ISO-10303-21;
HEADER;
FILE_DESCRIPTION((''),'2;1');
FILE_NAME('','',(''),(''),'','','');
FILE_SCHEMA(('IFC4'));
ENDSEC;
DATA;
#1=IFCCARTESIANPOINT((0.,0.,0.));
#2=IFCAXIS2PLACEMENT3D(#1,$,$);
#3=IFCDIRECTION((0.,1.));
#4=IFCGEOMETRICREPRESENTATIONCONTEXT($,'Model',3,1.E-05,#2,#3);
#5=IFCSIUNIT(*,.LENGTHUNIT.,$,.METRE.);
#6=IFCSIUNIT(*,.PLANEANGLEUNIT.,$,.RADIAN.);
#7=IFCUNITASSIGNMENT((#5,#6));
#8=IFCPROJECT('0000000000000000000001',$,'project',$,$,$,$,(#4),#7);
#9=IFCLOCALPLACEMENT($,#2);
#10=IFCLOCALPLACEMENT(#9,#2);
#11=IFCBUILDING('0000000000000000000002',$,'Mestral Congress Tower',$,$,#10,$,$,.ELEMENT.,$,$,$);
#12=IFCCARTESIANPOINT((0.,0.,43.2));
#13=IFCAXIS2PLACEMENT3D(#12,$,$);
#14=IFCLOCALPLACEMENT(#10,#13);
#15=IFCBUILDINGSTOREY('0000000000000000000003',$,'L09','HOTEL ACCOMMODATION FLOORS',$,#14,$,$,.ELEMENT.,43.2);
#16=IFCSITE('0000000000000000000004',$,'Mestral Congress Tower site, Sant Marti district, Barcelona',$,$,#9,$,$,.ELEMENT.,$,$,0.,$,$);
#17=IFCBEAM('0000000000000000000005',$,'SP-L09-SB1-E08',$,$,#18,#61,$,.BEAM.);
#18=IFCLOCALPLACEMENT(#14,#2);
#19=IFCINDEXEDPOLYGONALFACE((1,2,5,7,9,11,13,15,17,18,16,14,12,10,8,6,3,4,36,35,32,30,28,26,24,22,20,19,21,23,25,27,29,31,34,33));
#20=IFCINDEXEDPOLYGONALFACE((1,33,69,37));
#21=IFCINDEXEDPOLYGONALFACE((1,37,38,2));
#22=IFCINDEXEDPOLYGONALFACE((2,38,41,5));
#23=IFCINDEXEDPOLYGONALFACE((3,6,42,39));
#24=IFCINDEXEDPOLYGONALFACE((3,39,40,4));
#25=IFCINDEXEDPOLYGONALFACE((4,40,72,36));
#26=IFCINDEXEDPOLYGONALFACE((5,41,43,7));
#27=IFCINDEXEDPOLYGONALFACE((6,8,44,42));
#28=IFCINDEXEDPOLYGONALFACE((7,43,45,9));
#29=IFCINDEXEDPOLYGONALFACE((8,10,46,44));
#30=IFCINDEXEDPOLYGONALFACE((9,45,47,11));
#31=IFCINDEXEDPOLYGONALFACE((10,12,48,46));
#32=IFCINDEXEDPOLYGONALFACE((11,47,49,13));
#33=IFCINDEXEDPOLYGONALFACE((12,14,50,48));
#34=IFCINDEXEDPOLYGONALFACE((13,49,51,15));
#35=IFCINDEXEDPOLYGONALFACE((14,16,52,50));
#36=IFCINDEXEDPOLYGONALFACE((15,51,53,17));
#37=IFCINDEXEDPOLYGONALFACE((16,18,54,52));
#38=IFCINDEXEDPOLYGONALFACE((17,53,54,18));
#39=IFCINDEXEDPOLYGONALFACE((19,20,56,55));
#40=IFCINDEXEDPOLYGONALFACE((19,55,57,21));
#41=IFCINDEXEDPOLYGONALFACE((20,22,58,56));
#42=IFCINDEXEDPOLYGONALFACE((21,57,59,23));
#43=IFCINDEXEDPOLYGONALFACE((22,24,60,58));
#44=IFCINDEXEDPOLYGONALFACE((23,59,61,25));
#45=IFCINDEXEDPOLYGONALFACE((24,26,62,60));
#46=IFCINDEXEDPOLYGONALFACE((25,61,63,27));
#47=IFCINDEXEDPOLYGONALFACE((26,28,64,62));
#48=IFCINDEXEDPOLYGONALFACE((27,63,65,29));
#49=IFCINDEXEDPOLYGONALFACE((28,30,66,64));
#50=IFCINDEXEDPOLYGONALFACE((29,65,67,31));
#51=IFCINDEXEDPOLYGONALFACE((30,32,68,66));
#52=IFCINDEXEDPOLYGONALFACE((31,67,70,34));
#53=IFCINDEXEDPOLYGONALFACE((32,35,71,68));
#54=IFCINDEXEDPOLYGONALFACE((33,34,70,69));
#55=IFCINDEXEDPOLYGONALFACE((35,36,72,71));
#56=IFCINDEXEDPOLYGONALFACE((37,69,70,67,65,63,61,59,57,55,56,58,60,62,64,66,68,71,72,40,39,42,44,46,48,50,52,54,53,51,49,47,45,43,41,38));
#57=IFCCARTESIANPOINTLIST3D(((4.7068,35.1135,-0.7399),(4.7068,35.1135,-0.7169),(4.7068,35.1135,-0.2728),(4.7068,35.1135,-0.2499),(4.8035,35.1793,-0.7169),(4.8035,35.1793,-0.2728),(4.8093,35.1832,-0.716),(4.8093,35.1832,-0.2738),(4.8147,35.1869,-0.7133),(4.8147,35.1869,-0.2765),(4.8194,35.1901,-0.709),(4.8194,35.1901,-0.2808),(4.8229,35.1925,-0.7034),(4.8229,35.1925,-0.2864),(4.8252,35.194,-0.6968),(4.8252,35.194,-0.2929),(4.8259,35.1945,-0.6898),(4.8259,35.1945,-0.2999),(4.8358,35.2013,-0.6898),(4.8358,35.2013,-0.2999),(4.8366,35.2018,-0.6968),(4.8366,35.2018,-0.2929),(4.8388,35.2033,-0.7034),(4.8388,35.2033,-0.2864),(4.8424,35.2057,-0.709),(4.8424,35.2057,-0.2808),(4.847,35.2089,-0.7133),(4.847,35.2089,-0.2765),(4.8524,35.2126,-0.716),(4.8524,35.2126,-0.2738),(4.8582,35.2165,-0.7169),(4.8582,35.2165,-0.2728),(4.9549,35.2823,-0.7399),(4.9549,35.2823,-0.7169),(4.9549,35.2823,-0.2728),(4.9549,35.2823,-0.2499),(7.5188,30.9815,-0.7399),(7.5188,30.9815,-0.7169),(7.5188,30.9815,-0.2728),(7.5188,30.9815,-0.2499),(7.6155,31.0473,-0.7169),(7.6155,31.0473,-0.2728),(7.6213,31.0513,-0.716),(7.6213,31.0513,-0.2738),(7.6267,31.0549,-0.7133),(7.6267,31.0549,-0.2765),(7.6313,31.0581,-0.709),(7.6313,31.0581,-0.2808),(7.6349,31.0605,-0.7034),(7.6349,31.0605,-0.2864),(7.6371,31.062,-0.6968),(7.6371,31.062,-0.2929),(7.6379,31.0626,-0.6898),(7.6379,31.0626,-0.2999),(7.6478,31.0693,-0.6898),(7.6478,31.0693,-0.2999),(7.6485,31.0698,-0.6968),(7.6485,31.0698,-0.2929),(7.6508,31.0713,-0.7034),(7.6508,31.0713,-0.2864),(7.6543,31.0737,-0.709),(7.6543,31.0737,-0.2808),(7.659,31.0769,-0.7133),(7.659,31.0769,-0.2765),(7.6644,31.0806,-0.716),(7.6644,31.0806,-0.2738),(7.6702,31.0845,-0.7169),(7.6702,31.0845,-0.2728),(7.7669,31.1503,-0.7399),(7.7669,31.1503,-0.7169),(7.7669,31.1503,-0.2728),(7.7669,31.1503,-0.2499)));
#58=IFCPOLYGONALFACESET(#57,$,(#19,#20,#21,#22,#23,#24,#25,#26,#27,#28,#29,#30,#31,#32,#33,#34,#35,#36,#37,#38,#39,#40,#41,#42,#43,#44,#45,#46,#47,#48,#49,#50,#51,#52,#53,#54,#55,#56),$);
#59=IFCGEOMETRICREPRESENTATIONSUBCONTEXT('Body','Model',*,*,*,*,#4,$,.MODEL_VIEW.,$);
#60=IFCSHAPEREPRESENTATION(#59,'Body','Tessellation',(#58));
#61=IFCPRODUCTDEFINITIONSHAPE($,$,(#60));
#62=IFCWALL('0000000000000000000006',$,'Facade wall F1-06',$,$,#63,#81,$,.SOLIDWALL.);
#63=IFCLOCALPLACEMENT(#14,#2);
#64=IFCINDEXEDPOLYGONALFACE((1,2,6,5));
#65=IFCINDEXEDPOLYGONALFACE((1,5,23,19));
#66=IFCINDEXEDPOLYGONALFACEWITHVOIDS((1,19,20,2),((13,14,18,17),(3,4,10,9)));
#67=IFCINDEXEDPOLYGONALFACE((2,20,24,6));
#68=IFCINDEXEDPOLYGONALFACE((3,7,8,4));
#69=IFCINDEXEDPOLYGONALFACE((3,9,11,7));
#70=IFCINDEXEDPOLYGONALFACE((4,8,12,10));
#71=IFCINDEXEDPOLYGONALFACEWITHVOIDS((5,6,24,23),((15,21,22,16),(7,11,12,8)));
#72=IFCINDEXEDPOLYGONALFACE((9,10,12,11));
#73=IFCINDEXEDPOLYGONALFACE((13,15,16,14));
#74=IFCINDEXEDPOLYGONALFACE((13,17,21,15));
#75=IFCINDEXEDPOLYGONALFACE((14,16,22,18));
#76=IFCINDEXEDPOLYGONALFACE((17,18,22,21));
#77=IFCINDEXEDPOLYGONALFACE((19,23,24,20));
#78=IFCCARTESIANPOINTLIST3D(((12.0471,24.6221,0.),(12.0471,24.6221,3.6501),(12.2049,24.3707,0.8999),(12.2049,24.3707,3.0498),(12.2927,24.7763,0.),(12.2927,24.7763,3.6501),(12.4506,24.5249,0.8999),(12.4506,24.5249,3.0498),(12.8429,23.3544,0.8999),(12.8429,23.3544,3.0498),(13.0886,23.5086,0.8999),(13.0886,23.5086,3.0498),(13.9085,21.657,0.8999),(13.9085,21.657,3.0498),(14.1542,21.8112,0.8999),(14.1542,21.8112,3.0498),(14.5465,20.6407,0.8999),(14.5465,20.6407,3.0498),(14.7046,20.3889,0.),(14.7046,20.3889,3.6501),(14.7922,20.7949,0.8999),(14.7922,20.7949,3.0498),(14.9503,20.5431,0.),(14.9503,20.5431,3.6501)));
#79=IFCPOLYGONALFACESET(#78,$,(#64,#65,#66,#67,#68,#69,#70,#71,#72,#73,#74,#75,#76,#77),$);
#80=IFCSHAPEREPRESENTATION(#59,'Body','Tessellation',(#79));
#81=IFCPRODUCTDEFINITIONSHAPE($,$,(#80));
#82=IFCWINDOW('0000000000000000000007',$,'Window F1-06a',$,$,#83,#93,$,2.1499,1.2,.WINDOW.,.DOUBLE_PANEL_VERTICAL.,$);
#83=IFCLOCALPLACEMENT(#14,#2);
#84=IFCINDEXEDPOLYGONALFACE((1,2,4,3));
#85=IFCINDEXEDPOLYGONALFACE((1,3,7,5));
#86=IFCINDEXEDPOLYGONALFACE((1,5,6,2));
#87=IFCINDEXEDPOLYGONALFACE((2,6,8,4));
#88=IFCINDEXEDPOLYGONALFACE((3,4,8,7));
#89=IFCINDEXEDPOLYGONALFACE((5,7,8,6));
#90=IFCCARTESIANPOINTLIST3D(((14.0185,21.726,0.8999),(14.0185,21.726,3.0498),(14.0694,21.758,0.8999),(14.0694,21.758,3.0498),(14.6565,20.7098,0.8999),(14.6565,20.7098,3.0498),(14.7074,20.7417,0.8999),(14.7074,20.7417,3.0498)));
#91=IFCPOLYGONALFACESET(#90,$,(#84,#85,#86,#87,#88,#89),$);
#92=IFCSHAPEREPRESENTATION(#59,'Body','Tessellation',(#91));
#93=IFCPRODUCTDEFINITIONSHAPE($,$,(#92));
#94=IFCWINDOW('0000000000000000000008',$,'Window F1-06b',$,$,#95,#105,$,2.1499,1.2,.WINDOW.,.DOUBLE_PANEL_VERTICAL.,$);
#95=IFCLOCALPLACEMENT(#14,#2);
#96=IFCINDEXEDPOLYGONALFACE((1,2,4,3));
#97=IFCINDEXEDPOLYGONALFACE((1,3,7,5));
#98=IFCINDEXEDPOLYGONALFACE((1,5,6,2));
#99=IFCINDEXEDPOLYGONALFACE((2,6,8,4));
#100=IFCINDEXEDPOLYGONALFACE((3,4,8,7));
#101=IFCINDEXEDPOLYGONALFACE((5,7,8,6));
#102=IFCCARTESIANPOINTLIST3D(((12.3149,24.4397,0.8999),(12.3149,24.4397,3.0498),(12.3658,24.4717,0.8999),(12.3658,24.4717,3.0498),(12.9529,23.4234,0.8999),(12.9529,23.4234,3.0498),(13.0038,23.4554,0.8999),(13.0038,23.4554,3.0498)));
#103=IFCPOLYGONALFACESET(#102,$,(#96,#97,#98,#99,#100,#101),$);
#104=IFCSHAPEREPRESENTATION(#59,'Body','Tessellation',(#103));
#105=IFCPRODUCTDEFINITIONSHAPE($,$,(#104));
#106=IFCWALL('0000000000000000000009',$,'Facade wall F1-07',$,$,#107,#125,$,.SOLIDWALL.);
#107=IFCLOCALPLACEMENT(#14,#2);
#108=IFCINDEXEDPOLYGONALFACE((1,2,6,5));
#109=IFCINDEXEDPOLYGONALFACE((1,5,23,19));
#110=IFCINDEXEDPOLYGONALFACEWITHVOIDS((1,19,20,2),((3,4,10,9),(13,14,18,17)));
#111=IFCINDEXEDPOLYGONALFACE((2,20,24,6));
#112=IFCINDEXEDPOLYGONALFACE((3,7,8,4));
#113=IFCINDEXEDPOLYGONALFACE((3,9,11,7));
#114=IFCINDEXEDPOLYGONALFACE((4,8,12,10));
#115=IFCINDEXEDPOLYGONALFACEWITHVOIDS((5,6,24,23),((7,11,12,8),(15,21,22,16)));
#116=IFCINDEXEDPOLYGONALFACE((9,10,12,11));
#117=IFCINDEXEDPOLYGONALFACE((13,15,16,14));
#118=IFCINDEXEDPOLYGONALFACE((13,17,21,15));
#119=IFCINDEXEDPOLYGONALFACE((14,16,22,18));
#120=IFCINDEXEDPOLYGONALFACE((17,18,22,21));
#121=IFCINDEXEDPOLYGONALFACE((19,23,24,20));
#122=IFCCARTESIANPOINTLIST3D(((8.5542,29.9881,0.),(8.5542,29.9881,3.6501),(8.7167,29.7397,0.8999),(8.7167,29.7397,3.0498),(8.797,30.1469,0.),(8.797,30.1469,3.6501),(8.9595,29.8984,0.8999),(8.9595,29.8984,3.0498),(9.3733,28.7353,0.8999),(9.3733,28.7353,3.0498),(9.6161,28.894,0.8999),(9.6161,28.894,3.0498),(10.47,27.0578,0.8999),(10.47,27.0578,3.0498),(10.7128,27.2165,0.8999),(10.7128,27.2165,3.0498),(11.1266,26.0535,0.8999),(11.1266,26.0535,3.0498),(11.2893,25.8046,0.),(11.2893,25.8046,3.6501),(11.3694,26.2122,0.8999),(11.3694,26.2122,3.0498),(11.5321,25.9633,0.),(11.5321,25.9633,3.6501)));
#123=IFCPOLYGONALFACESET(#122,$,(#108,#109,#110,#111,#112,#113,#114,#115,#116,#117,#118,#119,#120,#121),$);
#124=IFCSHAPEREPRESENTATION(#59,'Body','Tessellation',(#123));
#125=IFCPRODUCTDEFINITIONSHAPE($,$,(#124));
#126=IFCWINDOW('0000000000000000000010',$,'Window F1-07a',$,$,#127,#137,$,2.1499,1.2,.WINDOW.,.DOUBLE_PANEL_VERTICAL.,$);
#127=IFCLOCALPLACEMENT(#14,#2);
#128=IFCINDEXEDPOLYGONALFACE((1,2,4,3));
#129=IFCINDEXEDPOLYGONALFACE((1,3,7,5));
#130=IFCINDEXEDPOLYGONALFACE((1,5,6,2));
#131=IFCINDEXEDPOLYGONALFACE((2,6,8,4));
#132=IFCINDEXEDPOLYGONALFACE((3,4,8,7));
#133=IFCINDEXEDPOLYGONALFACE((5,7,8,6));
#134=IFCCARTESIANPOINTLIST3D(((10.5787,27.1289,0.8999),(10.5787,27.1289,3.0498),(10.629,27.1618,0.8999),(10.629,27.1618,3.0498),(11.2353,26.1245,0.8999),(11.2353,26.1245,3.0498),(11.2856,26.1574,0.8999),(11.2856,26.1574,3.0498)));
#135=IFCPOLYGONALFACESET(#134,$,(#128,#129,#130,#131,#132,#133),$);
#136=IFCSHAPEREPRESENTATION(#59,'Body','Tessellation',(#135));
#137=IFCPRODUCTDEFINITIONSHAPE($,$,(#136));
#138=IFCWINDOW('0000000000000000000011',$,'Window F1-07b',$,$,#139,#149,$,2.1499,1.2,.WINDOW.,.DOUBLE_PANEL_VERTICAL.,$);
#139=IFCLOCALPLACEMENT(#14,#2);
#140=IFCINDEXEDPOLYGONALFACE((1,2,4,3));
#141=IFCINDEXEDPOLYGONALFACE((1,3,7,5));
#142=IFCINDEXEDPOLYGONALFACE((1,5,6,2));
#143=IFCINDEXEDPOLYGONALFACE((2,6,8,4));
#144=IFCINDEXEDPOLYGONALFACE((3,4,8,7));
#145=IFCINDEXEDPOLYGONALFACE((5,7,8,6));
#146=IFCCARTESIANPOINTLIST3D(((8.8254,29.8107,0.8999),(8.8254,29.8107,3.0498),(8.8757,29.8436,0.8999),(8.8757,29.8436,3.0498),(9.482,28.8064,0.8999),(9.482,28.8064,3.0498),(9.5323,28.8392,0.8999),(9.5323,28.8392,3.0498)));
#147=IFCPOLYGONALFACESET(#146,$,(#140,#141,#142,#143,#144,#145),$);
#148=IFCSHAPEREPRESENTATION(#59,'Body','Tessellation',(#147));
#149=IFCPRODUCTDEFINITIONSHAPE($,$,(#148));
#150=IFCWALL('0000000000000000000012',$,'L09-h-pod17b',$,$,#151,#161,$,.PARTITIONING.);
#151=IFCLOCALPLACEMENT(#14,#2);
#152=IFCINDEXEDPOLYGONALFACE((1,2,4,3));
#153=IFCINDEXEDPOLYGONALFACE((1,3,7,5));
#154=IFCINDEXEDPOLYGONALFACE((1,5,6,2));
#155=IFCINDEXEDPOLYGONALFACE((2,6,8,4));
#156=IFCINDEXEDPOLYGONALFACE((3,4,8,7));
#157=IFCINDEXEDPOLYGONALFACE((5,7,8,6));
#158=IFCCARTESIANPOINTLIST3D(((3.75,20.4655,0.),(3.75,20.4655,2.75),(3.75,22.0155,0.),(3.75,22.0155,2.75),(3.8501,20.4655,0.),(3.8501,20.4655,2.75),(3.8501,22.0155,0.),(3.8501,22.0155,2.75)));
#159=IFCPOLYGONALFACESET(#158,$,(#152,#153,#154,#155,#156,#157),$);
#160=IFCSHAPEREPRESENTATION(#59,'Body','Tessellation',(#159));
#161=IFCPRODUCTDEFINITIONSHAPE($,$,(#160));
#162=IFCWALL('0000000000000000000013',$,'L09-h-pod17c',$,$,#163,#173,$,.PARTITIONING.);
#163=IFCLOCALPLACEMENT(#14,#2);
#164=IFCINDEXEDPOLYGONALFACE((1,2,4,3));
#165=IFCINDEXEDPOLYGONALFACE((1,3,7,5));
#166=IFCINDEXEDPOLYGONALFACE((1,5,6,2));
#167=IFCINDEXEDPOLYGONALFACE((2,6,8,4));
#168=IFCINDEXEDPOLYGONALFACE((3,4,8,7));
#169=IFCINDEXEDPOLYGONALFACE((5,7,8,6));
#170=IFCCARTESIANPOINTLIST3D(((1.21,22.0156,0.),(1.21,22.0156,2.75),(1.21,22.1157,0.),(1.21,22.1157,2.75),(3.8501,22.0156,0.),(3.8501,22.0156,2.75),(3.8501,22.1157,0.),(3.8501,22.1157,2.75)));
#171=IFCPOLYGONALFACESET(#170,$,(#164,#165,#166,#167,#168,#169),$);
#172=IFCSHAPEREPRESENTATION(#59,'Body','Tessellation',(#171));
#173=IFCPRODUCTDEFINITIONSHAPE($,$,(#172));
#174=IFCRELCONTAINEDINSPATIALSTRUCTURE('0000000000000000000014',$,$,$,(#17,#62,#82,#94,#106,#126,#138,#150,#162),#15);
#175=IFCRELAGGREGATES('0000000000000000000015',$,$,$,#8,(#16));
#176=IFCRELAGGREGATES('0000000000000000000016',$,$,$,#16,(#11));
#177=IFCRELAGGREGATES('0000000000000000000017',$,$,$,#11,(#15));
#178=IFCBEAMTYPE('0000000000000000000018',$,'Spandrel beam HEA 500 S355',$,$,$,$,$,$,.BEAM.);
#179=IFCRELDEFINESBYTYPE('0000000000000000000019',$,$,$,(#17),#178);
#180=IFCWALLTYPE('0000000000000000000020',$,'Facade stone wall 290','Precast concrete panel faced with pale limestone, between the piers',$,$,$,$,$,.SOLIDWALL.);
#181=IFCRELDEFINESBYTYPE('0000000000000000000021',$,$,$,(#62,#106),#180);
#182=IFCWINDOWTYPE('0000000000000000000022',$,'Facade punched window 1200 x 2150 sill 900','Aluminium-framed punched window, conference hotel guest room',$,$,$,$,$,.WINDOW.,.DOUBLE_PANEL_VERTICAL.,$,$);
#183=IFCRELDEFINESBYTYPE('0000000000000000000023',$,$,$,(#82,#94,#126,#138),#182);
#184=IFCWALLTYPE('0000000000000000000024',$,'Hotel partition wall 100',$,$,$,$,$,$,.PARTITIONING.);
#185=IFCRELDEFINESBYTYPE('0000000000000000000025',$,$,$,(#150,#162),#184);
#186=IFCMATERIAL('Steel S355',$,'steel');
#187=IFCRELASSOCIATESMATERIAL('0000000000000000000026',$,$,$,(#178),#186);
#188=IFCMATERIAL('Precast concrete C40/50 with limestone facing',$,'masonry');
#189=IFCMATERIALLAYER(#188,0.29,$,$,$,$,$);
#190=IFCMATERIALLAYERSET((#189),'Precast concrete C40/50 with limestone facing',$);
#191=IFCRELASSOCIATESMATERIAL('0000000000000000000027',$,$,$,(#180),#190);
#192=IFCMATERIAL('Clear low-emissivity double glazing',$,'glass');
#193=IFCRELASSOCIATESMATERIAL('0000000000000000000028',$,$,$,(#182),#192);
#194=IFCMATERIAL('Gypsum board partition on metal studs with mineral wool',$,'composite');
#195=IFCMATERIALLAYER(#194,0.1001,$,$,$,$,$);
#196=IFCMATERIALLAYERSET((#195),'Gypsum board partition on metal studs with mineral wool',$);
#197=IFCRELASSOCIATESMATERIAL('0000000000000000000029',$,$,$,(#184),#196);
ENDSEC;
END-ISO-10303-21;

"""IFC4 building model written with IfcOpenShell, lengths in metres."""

from ifc_helpers import new_model, si_unit, direction, frame, frame_2d, origin, origin_2d, place, context, subcontext, project, spatial, rectangle, i_section, extrude, material, layer, layer_set, material_profile, profile_set, type_object, element, fill, save


model = new_model("IFC4")

# Units and contexts
model_context = context("Model", 3, precision=1e-05, world=origin(), true_north=direction((0.0, 1.0)))
body_context = subcontext(model_context, "Body", "Model", "MODEL_VIEW")
ifc_project = project(units=[si_unit("LENGTHUNIT", "METRE"), si_unit("PLANEANGLEUNIT", "RADIAN")], contexts=[model_context])

# Site, building, storey
site_placement = place(None, origin())
site = spatial("IfcSite", under=ifc_project, at=site_placement, Name="Mestral Congress Tower site, Sant Marti district, Barcelona", CompositionType="ELEMENT", RefElevation=0.0)
building_placement = place(site_placement, origin())
building = spatial("IfcBuilding", under=site, at=building_placement, Name="Mestral Congress Tower", CompositionType="ELEMENT")
storey_placement = place(building_placement, frame((0.0, 0.0, 43.2)))
storey = spatial("IfcBuildingStorey", under=building, at=storey_placement, Name="L09", Description="HOTEL ACCOMMODATION FLOORS", CompositionType="ELEMENT", Elevation=43.2)

# Beam
ifc_material_1 = material(Name="Steel S355", Category="steel")
ifc_material_profile_1 = material_profile(ifc_material_1, i_section(OverallWidth=0.3, OverallDepth=0.49, WebThickness=0.012, FlangeThickness=0.0229, FilletRadius=0.0271, at=origin_2d()), Name="HEA 500")
ifc_profile_set_1 = profile_set([ifc_material_profile_1], Name="Steel S355")
beam_type_1 = type_object("IfcBeamType", Name="Spandrel beam HEA 500 S355", PredefinedType="BEAM", material=ifc_profile_set_1)
beam_1_placement = place(storey_placement, frame((7.6428, 31.0659, -0.4949), z_axis=(-0.562611, 0.826722, 0.0), x_axis=(-0.826722, -0.562611, 0.0)))
element("IfcBeam", 1, at=beam_1_placement, inside=storey, type_object=beam_type_1, Name="SP-L09-SB1-E08", PredefinedType="BEAM", context=body_context, shape_type="SweptSolid", body=[
    extrude(i_section(OverallWidth=0.3, OverallDepth=0.49, WebThickness=0.012, FlangeThickness=0.0229, FilletRadius=0.0271, at=origin_2d()), origin(), (0.0, 0.0, 1.0), 4.998),
])

# Walls, openings, windows
ifc_material_2 = material(Name="Precast concrete C40/50 with limestone facing", Category="masonry")
ifc_layer_1 = layer(ifc_material_2, 0.29)
ifc_layer_set_1 = layer_set([ifc_layer_1], Name="Precast concrete C40/50 with limestone facing")
wall_type_1 = type_object("IfcWallType", Name="Facade stone wall 290", Description="Precast concrete panel faced with pale limestone, between the piers", PredefinedType="SOLIDWALL", material=ifc_layer_set_1)
wall_1_placement = place(storey_placement, frame((14.8274, 20.4661, 0.0), z_axis=(0.0, 0.0, 1.0), x_axis=(-0.531688, 0.84694, 0.0)))
wall_1 = element("IfcWall", 2, at=wall_1_placement, inside=storey, type_object=wall_type_1, Name="Facade wall F1-06", PredefinedType="SOLIDWALL", context=body_context, shape_type="SweptSolid", body=[
    extrude(rectangle(XDim=4.9983, YDim=0.29, at=frame_2d((2.499, 0.0))), origin(), (0.0, 0.0, 1.0), 3.6501),
])
opening_1_placement = place(wall_1_placement, frame((0.2971, 0.0, 0.8999)))
opening_1 = element("IfcOpeningElement", 3, at=opening_1_placement, cuts=wall_1, PredefinedType="OPENING", context=body_context, shape_type="SweptSolid", body=[
    extrude(rectangle(XDim=1.2, YDim=2.1499, at=frame_2d((0.6001, 1.075))), frame((0.0, 0.155, 0.0), z_axis=(0.0, -1.0, 0.0), x_axis=(1.0, 0.0, 0.0)), (0.0, 0.0, 1.0), 0.3101),
])
opening_2_placement = place(wall_1_placement, frame((3.5012, 0.0, 0.8999)))
opening_2 = element("IfcOpeningElement", 4, at=opening_2_placement, cuts=wall_1, PredefinedType="OPENING", context=body_context, shape_type="SweptSolid", body=[
    extrude(rectangle(XDim=1.2, YDim=2.1499, at=frame_2d((0.6001, 1.075))), frame((0.0, 0.155, 0.0), z_axis=(0.0, -1.0, 0.0), x_axis=(1.0, 0.0, 0.0)), (0.0, 0.0, 1.0), 0.3101),
])
ifc_material_3 = material(Name="Clear low-emissivity double glazing", Category="glass")
window_type = type_object("IfcWindowType", Name="Facade punched window 1200 x 2150 sill 900", Description="Aluminium-framed punched window, conference hotel guest room", PartitioningType="DOUBLE_PANEL_VERTICAL", PredefinedType="WINDOW", material=ifc_material_3)
window_1_placement = place(opening_1_placement, origin())
window_1 = element("IfcWindow", 5, at=window_1_placement, inside=storey, type_object=window_type, Name="Window F1-06a", OverallHeight=2.1499, OverallWidth=1.2, PartitioningType="DOUBLE_PANEL_VERTICAL", PredefinedType="WINDOW", context=body_context, shape_type="SweptSolid", body=[
    extrude(rectangle(XDim=1.2, YDim=2.1499, at=frame_2d((0.6001, 1.075))), frame((0.0, 0.0151, 0.0), z_axis=(0.0, -1.0, 0.0), x_axis=(1.0, 0.0, 0.0)), (0.0, 0.0, 1.0), 0.0601),
])
fill(opening_1, window_1)
window_2_placement = place(opening_2_placement, origin())
window_2 = element("IfcWindow", 6, at=window_2_placement, inside=storey, type_object=window_type, Name="Window F1-06b", OverallHeight=2.1499, OverallWidth=1.2, PartitioningType="DOUBLE_PANEL_VERTICAL", PredefinedType="WINDOW", context=body_context, shape_type="SweptSolid", body=[
    extrude(rectangle(XDim=1.2, YDim=2.1499, at=frame_2d((0.6001, 1.075))), frame((0.0, 0.0151, 0.0), z_axis=(0.0, -1.0, 0.0), x_axis=(1.0, 0.0, 0.0)), (0.0, 0.0, 1.0), 0.0601),
])
fill(opening_2, window_2)
wall_2_placement = place(storey_placement, frame((11.4106, 25.884, 0.0), z_axis=(0.0, 0.0, 1.0), x_axis=(-0.547205, 0.836999, 0.0)))
wall_2 = element("IfcWall", 7, at=wall_2_placement, inside=storey, type_object=wall_type_1, Name="Facade wall F1-07", PredefinedType="SOLIDWALL", context=body_context, shape_type="SweptSolid", body=[
    extrude(rectangle(XDim=4.9983, YDim=0.29, at=frame_2d((2.499, 0.0))), origin(), (0.0, 0.0, 1.0), 3.6501),
])
opening_3_placement = place(wall_2_placement, frame((0.2971, 0.0, 0.8999)))
opening_3 = element("IfcOpeningElement", 8, at=opening_3_placement, cuts=wall_2, PredefinedType="OPENING", context=body_context, shape_type="SweptSolid", body=[
    extrude(rectangle(XDim=1.2, YDim=2.1499, at=frame_2d((0.6001, 1.075))), frame((0.0, 0.155, 0.0), z_axis=(0.0, -1.0, 0.0), x_axis=(1.0, 0.0, 0.0)), (0.0, 0.0, 1.0), 0.3101),
])
opening_4_placement = place(wall_2_placement, frame((3.5012, 0.0, 0.8999)))
opening_4 = element("IfcOpeningElement", 9, at=opening_4_placement, cuts=wall_2, PredefinedType="OPENING", context=body_context, shape_type="SweptSolid", body=[
    extrude(rectangle(XDim=1.2, YDim=2.1499, at=frame_2d((0.6001, 1.075))), frame((0.0, 0.155, 0.0), z_axis=(0.0, -1.0, 0.0), x_axis=(1.0, 0.0, 0.0)), (0.0, 0.0, 1.0), 0.3101),
])
window_3_placement = place(opening_3_placement, origin())
window_3 = element("IfcWindow", 10, at=window_3_placement, inside=storey, type_object=window_type, Name="Window F1-07a", OverallHeight=2.1499, OverallWidth=1.2, PartitioningType="DOUBLE_PANEL_VERTICAL", PredefinedType="WINDOW", context=body_context, shape_type="SweptSolid", body=[
    extrude(rectangle(XDim=1.2, YDim=2.1499, at=frame_2d((0.6001, 1.075))), frame((0.0, 0.0151, 0.0), z_axis=(0.0, -1.0, 0.0), x_axis=(1.0, 0.0, 0.0)), (0.0, 0.0, 1.0), 0.0601),
])
fill(opening_3, window_3)
window_4_placement = place(opening_4_placement, origin())
window_4 = element("IfcWindow", 11, at=window_4_placement, inside=storey, type_object=window_type, Name="Window F1-07b", OverallHeight=2.1499, OverallWidth=1.2, PartitioningType="DOUBLE_PANEL_VERTICAL", PredefinedType="WINDOW", context=body_context, shape_type="SweptSolid", body=[
    extrude(rectangle(XDim=1.2, YDim=2.1499, at=frame_2d((0.6001, 1.075))), frame((0.0, 0.0151, 0.0), z_axis=(0.0, -1.0, 0.0), x_axis=(1.0, 0.0, 0.0)), (0.0, 0.0, 1.0), 0.0601),
])
fill(opening_4, window_4)

# Walls
ifc_material_4 = material(Name="Gypsum board partition on metal studs with mineral wool", Category="composite")
ifc_layer_2 = layer(ifc_material_4, 0.1001)
ifc_layer_set_2 = layer_set([ifc_layer_2], Name="Gypsum board partition on metal studs with mineral wool")
wall_type_2 = type_object("IfcWallType", Name="Hotel partition wall 100", PredefinedType="PARTITIONING", material=ifc_layer_set_2)
wall_3_placement = place(storey_placement, frame((3.8, 20.4656, 0.0), z_axis=(0.0, 0.0, 1.0), x_axis=(0.0, 1.0, 0.0)))
element("IfcWall", 12, at=wall_3_placement, inside=storey, type_object=wall_type_2, Name="L09-h-pod17b", PredefinedType="PARTITIONING", context=body_context, shape_type="SweptSolid", body=[
    extrude(rectangle(XDim=1.55, YDim=0.1001, at=frame_2d((0.7749, 0.0))), origin(), (0.0, 0.0, 1.0), 2.75),
])
wall_4_placement = place(storey_placement, frame((1.21, 22.0657, 0.0), z_axis=(0.0, 0.0, 1.0), x_axis=(1.0, 0.0, 0.0)))
element("IfcWall", 13, at=wall_4_placement, inside=storey, type_object=wall_type_2, Name="L09-h-pod17c", PredefinedType="PARTITIONING", context=body_context, shape_type="SweptSolid", body=[
    extrude(rectangle(XDim=2.6401, YDim=0.1001, at=frame_2d((1.3201, 0.0))), origin(), (0.0, 0.0, 1.0), 2.75),
])

save(model, "model.ifc")
